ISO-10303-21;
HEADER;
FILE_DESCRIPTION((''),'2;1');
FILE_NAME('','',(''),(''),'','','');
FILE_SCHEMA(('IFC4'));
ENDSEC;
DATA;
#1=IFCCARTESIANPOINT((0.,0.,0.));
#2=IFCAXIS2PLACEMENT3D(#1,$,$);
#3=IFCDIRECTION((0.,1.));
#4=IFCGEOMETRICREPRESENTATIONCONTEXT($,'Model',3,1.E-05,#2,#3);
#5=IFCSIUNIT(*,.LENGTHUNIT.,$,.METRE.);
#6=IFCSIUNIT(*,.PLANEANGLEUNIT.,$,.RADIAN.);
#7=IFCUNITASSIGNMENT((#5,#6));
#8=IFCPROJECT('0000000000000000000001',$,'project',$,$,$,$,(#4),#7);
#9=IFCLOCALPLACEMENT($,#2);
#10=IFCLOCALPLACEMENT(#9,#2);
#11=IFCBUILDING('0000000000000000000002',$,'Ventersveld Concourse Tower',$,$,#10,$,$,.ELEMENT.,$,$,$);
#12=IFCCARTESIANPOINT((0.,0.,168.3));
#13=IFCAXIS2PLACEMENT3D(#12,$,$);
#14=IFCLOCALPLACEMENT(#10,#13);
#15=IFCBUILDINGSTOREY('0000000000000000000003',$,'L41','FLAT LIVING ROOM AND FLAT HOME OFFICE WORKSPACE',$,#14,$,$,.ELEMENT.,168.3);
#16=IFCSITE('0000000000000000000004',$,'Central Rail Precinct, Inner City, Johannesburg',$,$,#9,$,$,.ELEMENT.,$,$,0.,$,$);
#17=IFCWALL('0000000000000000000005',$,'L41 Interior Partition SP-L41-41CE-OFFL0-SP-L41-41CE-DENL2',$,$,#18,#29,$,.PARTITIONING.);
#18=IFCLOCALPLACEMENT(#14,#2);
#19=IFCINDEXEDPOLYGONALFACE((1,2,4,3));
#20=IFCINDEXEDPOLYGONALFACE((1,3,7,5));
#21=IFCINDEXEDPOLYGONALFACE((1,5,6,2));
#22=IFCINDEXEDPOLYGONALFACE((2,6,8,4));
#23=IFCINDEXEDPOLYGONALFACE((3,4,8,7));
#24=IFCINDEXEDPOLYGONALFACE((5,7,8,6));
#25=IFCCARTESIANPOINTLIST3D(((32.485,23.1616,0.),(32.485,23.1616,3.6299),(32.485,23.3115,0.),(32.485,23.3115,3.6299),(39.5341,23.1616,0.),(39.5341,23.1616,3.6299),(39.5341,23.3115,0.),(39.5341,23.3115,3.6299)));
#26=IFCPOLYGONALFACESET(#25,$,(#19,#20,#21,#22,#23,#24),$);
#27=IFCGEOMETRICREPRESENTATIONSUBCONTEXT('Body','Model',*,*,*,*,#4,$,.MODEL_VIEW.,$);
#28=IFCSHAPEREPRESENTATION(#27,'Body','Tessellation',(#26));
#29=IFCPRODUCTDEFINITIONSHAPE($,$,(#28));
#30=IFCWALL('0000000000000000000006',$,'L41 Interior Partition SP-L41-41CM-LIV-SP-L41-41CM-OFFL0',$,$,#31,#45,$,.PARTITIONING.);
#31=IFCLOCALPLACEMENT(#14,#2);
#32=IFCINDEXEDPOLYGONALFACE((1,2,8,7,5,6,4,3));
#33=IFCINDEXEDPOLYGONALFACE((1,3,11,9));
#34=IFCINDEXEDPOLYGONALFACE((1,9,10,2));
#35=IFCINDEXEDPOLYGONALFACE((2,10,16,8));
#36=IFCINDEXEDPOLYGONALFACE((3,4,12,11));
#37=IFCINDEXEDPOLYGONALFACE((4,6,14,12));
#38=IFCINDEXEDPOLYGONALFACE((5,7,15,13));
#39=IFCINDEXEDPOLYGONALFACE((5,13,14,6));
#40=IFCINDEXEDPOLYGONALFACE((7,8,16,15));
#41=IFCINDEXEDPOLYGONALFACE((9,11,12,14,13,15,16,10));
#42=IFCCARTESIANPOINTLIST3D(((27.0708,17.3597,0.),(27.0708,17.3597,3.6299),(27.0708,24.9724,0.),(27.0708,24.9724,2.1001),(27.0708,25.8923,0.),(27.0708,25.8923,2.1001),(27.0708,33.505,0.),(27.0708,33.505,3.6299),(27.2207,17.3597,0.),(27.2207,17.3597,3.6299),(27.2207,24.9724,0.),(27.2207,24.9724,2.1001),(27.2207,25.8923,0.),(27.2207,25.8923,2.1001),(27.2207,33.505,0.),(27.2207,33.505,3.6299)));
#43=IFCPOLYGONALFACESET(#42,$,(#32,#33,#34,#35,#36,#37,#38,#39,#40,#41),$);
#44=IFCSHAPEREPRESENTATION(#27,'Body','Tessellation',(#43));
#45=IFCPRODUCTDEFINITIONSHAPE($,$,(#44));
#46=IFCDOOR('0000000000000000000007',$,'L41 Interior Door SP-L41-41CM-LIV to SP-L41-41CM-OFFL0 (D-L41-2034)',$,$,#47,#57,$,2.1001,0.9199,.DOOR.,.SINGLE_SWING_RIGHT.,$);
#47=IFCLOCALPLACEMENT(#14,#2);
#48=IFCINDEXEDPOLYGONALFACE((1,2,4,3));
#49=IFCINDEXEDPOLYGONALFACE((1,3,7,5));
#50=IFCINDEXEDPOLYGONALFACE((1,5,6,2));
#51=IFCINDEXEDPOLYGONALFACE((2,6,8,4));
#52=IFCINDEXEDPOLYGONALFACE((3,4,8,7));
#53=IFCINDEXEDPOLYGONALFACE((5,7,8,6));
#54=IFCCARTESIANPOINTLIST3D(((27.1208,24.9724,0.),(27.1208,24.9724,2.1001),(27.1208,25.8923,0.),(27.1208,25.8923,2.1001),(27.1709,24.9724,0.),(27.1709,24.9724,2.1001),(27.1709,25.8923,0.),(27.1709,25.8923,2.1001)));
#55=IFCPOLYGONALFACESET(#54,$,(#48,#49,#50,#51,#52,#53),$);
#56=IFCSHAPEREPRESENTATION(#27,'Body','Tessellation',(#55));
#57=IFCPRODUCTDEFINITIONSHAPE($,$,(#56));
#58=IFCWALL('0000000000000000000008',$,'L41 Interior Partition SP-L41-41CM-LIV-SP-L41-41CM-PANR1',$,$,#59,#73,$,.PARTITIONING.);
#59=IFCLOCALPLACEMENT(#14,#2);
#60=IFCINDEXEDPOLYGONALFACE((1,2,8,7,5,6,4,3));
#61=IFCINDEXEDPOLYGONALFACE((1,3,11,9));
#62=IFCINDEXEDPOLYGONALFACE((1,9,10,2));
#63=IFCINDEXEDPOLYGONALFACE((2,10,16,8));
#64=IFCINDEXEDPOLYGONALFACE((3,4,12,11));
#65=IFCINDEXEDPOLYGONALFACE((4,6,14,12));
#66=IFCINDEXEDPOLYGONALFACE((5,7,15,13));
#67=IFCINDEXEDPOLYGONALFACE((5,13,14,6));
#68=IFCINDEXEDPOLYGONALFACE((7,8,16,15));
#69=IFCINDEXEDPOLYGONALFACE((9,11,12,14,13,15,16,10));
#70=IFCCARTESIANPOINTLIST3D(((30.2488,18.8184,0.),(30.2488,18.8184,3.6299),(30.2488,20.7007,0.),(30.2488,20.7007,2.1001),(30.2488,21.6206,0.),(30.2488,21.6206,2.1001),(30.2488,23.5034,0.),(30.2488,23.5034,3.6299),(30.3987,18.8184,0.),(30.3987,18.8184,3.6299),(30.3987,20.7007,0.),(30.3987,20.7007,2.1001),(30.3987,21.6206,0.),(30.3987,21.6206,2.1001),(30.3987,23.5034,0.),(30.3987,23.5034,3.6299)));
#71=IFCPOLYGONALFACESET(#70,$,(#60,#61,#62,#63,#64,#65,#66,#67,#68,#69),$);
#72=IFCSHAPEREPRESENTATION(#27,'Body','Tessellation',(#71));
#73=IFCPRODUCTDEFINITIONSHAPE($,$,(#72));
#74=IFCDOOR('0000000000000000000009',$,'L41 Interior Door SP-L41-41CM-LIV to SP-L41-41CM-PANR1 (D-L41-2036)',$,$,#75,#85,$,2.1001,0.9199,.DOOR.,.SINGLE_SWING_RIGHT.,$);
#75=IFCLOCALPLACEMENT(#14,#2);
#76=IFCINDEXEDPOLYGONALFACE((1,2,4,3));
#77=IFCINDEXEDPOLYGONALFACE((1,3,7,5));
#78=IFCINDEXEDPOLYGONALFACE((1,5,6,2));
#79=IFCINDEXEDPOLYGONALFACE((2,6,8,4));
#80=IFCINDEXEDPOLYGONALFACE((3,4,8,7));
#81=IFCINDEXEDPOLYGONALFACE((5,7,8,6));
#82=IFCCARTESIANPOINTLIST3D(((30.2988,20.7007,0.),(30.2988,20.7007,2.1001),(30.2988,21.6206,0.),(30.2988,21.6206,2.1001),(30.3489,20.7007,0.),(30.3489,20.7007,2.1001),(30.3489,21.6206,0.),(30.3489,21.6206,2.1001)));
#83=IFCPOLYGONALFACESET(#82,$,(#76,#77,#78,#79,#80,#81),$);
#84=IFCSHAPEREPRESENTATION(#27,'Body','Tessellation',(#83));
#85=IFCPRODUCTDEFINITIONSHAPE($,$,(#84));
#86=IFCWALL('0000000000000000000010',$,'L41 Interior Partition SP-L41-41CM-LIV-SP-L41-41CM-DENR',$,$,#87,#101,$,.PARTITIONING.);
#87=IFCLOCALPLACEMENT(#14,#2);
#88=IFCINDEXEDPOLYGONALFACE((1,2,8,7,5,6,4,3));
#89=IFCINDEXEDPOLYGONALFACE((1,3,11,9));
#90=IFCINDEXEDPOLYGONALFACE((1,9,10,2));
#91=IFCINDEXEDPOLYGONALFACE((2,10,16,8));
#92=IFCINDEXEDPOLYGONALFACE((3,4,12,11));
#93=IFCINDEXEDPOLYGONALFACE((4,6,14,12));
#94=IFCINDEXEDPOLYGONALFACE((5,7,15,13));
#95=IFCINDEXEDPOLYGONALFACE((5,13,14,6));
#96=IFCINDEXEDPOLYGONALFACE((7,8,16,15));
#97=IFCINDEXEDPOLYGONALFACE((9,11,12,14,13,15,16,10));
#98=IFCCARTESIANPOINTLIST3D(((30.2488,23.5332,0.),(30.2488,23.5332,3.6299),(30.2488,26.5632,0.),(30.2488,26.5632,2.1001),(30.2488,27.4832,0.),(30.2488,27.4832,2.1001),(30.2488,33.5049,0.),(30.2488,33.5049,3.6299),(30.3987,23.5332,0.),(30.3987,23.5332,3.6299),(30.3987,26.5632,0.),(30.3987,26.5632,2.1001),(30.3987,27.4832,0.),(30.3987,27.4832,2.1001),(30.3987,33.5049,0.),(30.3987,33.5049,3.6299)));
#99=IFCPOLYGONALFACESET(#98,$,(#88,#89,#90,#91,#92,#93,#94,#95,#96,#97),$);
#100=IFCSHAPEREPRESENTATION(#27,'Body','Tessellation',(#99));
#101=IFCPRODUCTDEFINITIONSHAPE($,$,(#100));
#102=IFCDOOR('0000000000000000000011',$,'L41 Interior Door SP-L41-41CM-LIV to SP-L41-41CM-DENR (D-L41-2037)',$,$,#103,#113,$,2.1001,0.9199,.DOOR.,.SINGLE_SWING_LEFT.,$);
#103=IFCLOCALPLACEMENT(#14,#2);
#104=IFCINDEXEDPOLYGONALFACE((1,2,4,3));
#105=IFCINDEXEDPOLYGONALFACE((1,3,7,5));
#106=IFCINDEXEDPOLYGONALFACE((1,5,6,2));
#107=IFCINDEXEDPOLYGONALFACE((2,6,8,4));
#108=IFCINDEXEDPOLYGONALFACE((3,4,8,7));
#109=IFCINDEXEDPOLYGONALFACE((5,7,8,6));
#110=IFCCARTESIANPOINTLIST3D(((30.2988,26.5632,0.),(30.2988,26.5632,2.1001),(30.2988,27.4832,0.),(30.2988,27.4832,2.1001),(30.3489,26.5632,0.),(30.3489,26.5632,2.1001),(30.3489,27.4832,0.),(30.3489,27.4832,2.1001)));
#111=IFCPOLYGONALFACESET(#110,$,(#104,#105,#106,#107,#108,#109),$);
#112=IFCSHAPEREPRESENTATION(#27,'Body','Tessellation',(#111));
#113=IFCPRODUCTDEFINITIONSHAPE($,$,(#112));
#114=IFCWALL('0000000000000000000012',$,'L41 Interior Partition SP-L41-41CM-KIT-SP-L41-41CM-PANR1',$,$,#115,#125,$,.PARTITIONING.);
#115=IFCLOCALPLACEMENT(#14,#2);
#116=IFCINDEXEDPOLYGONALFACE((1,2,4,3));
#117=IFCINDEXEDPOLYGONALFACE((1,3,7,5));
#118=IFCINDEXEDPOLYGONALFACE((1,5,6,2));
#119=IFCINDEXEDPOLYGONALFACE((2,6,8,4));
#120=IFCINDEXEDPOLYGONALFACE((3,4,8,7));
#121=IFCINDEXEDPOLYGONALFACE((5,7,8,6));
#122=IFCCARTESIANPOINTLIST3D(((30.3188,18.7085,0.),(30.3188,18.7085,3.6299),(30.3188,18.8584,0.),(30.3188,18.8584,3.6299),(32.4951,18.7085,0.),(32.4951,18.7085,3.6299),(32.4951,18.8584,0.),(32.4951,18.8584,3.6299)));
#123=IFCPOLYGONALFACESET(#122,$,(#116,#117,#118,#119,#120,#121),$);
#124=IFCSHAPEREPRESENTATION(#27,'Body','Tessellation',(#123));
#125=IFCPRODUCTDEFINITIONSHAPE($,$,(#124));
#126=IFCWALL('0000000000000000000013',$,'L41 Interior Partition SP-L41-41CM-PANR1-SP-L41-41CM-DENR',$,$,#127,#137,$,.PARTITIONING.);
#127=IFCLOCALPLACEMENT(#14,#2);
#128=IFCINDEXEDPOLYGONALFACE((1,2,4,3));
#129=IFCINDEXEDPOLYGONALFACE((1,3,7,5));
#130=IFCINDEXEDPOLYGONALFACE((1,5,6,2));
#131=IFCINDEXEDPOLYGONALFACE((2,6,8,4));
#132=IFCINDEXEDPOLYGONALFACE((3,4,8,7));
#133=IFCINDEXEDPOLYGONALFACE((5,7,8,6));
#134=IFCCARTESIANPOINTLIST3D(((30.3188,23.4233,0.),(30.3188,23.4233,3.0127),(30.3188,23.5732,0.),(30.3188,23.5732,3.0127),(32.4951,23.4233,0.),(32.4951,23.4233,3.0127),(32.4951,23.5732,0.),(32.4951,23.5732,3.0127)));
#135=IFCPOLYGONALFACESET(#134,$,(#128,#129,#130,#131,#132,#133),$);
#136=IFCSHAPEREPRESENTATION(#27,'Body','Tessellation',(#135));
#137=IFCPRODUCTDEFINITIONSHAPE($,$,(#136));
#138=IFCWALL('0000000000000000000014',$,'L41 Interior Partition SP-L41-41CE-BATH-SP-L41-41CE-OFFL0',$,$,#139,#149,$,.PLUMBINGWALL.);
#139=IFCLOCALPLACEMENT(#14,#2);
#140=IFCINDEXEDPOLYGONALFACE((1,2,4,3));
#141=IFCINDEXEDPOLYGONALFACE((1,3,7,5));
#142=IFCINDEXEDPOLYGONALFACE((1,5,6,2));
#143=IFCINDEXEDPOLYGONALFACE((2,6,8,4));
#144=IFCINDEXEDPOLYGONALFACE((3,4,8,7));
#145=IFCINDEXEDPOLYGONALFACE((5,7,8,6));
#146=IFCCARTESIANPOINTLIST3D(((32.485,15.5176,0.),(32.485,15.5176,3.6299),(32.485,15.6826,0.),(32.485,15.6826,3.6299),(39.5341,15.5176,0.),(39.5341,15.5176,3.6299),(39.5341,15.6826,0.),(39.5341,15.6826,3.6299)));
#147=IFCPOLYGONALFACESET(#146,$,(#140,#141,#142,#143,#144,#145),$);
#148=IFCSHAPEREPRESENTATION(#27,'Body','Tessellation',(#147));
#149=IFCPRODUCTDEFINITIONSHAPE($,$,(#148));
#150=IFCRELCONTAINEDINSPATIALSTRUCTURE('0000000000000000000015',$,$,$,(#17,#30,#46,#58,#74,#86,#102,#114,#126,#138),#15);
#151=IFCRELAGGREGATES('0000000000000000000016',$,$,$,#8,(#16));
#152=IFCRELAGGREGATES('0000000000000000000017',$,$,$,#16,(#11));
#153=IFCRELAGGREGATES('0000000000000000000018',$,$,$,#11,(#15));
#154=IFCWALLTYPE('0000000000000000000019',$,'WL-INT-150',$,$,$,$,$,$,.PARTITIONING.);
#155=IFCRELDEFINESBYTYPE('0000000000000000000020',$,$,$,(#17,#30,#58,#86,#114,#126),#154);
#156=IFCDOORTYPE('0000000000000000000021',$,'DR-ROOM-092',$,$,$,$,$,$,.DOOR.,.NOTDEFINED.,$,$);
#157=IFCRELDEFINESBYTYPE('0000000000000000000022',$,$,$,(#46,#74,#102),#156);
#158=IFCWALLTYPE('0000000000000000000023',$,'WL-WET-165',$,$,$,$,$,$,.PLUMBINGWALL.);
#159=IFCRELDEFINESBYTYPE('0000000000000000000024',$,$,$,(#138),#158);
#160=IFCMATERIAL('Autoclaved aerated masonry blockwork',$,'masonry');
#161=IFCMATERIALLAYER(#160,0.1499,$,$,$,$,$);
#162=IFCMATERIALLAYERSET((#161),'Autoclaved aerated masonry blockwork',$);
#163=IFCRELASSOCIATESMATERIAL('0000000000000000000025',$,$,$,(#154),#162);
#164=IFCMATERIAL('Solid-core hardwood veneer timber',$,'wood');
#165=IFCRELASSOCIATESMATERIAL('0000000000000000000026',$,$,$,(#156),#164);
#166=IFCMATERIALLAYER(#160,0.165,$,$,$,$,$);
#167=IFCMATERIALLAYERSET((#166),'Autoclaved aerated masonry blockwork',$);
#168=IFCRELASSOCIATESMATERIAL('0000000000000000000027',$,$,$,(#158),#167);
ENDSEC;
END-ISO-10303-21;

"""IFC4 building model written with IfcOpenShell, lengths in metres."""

from ifc_helpers import new_model, si_unit, direction, frame, frame_2d, origin, place, context, subcontext, project, spatial, rectangle, extrude, material, layer, layer_set, type_object, element, fill, save


model = new_model("IFC4")

# Units and contexts
model_context = context("Model", 3, precision=1e-05, world=origin(), true_north=direction((0.0, 1.0)))
body_context = subcontext(model_context, "Body", "Model", "MODEL_VIEW")
ifc_project = project(units=[si_unit("LENGTHUNIT", "METRE"), si_unit("PLANEANGLEUNIT", "RADIAN")], contexts=[model_context])

# Site, building, storey
site_placement = place(None, origin())
site = spatial("IfcSite", under=ifc_project, at=site_placement, Name="Central Rail Precinct, Inner City, Johannesburg", CompositionType="ELEMENT", RefElevation=0.0)
building_placement = place(site_placement, origin())
building = spatial("IfcBuilding", under=site, at=building_placement, Name="Ventersveld Concourse Tower", CompositionType="ELEMENT")
storey_placement = place(building_placement, frame((0.0, 0.0, 168.3)))
storey = spatial("IfcBuildingStorey", under=building, at=storey_placement, Name="L41", Description="FLAT LIVING ROOM AND FLAT HOME OFFICE WORKSPACE", CompositionType="ELEMENT", Elevation=168.3)

# Shared definitions
ifc_material_1 = material(Name="Solid-core hardwood veneer timber", Category="wood")

# Wall
ifc_material_2 = material(Name="Autoclaved aerated masonry blockwork", Category="masonry")
ifc_layer_1 = layer(ifc_material_2, 0.1499)
ifc_layer_set_1 = layer_set([ifc_layer_1], Name="Autoclaved aerated masonry blockwork")
wall_type_1 = type_object("IfcWallType", Name="WL-INT-150", PredefinedType="PARTITIONING", material=ifc_layer_set_1)
wall_1_placement = place(storey_placement, frame((32.4851, 23.2366, 0.0), z_axis=(0.0, 0.0, 1.0), x_axis=(1.0, 0.0, 0.0)))
element("IfcWall", 1, at=wall_1_placement, inside=storey, type_object=wall_type_1, Name="L41 Interior Partition SP-L41-41CE-OFFL0-SP-L41-41CE-DENL2", PredefinedType="PARTITIONING", context=body_context, shape_type="SweptSolid", body=[
    extrude(rectangle(XDim=7.0491, YDim=0.1499, at=frame_2d((3.5244, 0.0))), origin(), (0.0, 0.0, 1.0), 3.6299),
])

# Walls, openings, doors
wall_2_placement = place(storey_placement, frame((27.1458, 17.3596, 0.0), z_axis=(0.0, 0.0, 1.0), x_axis=(0.0, 1.0, 0.0)))
wall_2 = element("IfcWall", 2, at=wall_2_placement, inside=storey, type_object=wall_type_1, Name="L41 Interior Partition SP-L41-41CM-LIV-SP-L41-41CM-OFFL0", PredefinedType="PARTITIONING", context=body_context, shape_type="SweptSolid", body=[
    extrude(rectangle(XDim=16.1453, YDim=0.1499, at=frame_2d((8.0728, 0.0))), origin(), (0.0, 0.0, 1.0), 3.6299),
])
opening_1_placement = place(wall_2_placement, frame((7.6128, 0.0, 0.0)))
opening_1 = element("IfcOpeningElement", 3, at=opening_1_placement, cuts=wall_2, PredefinedType="OPENING", context=body_context, shape_type="SweptSolid", body=[
    extrude(rectangle(XDim=0.9199, YDim=2.1001, at=frame_2d((0.46, 1.05))), frame((0.0, 0.085, 0.0), z_axis=(0.0, -1.0, 0.0), x_axis=(1.0, 0.0, 0.0)), (0.0, 0.0, 1.0), 0.1699),
])
door_type_1 = type_object("IfcDoorType", Name="DR-ROOM-092", OperationType="NOTDEFINED", PredefinedType="DOOR", material=ifc_material_1)
door_1_placement = place(opening_1_placement, origin())
door_1 = element("IfcDoor", 4, at=door_1_placement, inside=storey, type_object=door_type_1, Name="L41 Interior Door SP-L41-41CM-LIV to SP-L41-41CM-OFFL0 (D-L41-2034)", OperationType="SINGLE_SWING_RIGHT", OverallHeight=2.1001, OverallWidth=0.9199, PredefinedType="DOOR", context=body_context, shape_type="SweptSolid", body=[
    extrude(rectangle(XDim=0.9199, YDim=2.1001, at=frame_2d((0.46, 1.05))), frame((0.0, 0.0249, 0.0), z_axis=(0.0, -1.0, 0.0), x_axis=(1.0, 0.0, 0.0)), (0.0, 0.0, 1.0), 0.05),
])
fill(opening_1, door_1)
wall_3_placement = place(storey_placement, frame((30.3237, 18.8184, 0.0), z_axis=(0.0, 0.0, 1.0), x_axis=(0.0, 1.0, 0.0)))
wall_3 = element("IfcWall", 5, at=wall_3_placement, inside=storey, type_object=wall_type_1, Name="L41 Interior Partition SP-L41-41CM-LIV-SP-L41-41CM-PANR1", PredefinedType="PARTITIONING", context=body_context, shape_type="SweptSolid", body=[
    extrude(rectangle(XDim=4.6851, YDim=0.1499, at=frame_2d((2.3425, 0.0))), origin(), (0.0, 0.0, 1.0), 3.6299),
])
opening_2_placement = place(wall_3_placement, frame((1.8823, 0.0, 0.0)))
opening_2 = element("IfcOpeningElement", 6, at=opening_2_placement, cuts=wall_3, PredefinedType="OPENING", context=body_context, shape_type="SweptSolid", body=[
    extrude(rectangle(XDim=0.9199, YDim=2.1001, at=frame_2d((0.46, 1.05))), frame((0.0, 0.085, 0.0), z_axis=(0.0, -1.0, 0.0), x_axis=(1.0, 0.0, 0.0)), (0.0, 0.0, 1.0), 0.1699),
])
door_2_placement = place(opening_2_placement, origin())
door_2 = element("IfcDoor", 7, at=door_2_placement, inside=storey, type_object=door_type_1, Name="L41 Interior Door SP-L41-41CM-LIV to SP-L41-41CM-PANR1 (D-L41-2036)", OperationType="SINGLE_SWING_RIGHT", OverallHeight=2.1001, OverallWidth=0.9199, PredefinedType="DOOR", context=body_context, shape_type="SweptSolid", body=[
    extrude(rectangle(XDim=0.9199, YDim=2.1001, at=frame_2d((0.46, 1.05))), frame((0.0, 0.0249, 0.0), z_axis=(0.0, -1.0, 0.0), x_axis=(1.0, 0.0, 0.0)), (0.0, 0.0, 1.0), 0.05),
])
fill(opening_2, door_2)
wall_4_placement = place(storey_placement, frame((30.3237, 23.5332, 0.0), z_axis=(0.0, 0.0, 1.0), x_axis=(0.0, 1.0, 0.0)))
wall_4 = element("IfcWall", 8, at=wall_4_placement, inside=storey, type_object=wall_type_1, Name="L41 Interior Partition SP-L41-41CM-LIV-SP-L41-41CM-DENR", PredefinedType="PARTITIONING", context=body_context, shape_type="SweptSolid", body=[
    extrude(rectangle(XDim=9.9717, YDim=0.1499, at=frame_2d((4.9858, 0.0))), origin(), (0.0, 0.0, 1.0), 3.6299),
])
opening_3_placement = place(wall_4_placement, frame((3.03, 0.0, 0.0)))
opening_3 = element("IfcOpeningElement", 9, at=opening_3_placement, cuts=wall_4, PredefinedType="OPENING", context=body_context, shape_type="SweptSolid", body=[
    extrude(rectangle(XDim=0.9199, YDim=2.1001, at=frame_2d((0.46, 1.05))), frame((0.0, 0.085, 0.0), z_axis=(0.0, -1.0, 0.0), x_axis=(1.0, 0.0, 0.0)), (0.0, 0.0, 1.0), 0.1699),
])
door_3_placement = place(opening_3_placement, origin())
door_3 = element("IfcDoor", 10, at=door_3_placement, inside=storey, type_object=door_type_1, Name="L41 Interior Door SP-L41-41CM-LIV to SP-L41-41CM-DENR (D-L41-2037)", OperationType="SINGLE_SWING_LEFT", OverallHeight=2.1001, OverallWidth=0.9199, PredefinedType="DOOR", context=body_context, shape_type="SweptSolid", body=[
    extrude(rectangle(XDim=0.9199, YDim=2.1001, at=frame_2d((0.46, 1.05))), frame((0.0, 0.0249, 0.0), z_axis=(0.0, -1.0, 0.0), x_axis=(1.0, 0.0, 0.0)), (0.0, 0.0, 1.0), 0.05),
])
fill(opening_3, door_3)

# Walls
wall_5_placement = place(storey_placement, frame((30.3188, 18.7834, 0.0), z_axis=(0.0, 0.0, 1.0), x_axis=(1.0, 0.0, 0.0)))
element("IfcWall", 11, at=wall_5_placement, inside=storey, type_object=wall_type_1, Name="L41 Interior Partition SP-L41-41CM-KIT-SP-L41-41CM-PANR1", PredefinedType="PARTITIONING", context=body_context, shape_type="SweptSolid", body=[
    extrude(rectangle(XDim=2.1763, YDim=0.1499, at=frame_2d((1.0881, 0.0))), origin(), (0.0, 0.0, 1.0), 3.6299),
])
wall_6_placement = place(storey_placement, frame((30.3188, 23.4983, 0.0), z_axis=(0.0, 0.0, 1.0), x_axis=(1.0, 0.0, 0.0)))
element("IfcWall", 12, at=wall_6_placement, inside=storey, type_object=wall_type_1, Name="L41 Interior Partition SP-L41-41CM-PANR1-SP-L41-41CM-DENR", PredefinedType="PARTITIONING", context=body_context, shape_type="SweptSolid", body=[
    extrude(rectangle(XDim=2.1763, YDim=0.1499, at=frame_2d((1.0881, 0.0))), origin(), (0.0, 0.0, 1.0), 3.0127),
])
ifc_layer_2 = layer(ifc_material_2, 0.165)
ifc_layer_set_2 = layer_set([ifc_layer_2], Name="Autoclaved aerated masonry blockwork")
wall_type_2 = type_object("IfcWallType", Name="WL-WET-165", PredefinedType="PLUMBINGWALL", material=ifc_layer_set_2)
wall_7_placement = place(storey_placement, frame((32.4851, 15.6001, 0.0), z_axis=(0.0, 0.0, 1.0), x_axis=(1.0, 0.0, 0.0)))
element("IfcWall", 13, at=wall_7_placement, inside=storey, type_object=wall_type_2, Name="L41 Interior Partition SP-L41-41CE-BATH-SP-L41-41CE-OFFL0", PredefinedType="PLUMBINGWALL", context=body_context, shape_type="SweptSolid", body=[
    extrude(rectangle(XDim=7.0491, YDim=0.165, at=frame_2d((3.5244, 0.0))), origin(), (0.0, 0.0, 1.0), 3.6299),
])

save(model, "model.ifc")
